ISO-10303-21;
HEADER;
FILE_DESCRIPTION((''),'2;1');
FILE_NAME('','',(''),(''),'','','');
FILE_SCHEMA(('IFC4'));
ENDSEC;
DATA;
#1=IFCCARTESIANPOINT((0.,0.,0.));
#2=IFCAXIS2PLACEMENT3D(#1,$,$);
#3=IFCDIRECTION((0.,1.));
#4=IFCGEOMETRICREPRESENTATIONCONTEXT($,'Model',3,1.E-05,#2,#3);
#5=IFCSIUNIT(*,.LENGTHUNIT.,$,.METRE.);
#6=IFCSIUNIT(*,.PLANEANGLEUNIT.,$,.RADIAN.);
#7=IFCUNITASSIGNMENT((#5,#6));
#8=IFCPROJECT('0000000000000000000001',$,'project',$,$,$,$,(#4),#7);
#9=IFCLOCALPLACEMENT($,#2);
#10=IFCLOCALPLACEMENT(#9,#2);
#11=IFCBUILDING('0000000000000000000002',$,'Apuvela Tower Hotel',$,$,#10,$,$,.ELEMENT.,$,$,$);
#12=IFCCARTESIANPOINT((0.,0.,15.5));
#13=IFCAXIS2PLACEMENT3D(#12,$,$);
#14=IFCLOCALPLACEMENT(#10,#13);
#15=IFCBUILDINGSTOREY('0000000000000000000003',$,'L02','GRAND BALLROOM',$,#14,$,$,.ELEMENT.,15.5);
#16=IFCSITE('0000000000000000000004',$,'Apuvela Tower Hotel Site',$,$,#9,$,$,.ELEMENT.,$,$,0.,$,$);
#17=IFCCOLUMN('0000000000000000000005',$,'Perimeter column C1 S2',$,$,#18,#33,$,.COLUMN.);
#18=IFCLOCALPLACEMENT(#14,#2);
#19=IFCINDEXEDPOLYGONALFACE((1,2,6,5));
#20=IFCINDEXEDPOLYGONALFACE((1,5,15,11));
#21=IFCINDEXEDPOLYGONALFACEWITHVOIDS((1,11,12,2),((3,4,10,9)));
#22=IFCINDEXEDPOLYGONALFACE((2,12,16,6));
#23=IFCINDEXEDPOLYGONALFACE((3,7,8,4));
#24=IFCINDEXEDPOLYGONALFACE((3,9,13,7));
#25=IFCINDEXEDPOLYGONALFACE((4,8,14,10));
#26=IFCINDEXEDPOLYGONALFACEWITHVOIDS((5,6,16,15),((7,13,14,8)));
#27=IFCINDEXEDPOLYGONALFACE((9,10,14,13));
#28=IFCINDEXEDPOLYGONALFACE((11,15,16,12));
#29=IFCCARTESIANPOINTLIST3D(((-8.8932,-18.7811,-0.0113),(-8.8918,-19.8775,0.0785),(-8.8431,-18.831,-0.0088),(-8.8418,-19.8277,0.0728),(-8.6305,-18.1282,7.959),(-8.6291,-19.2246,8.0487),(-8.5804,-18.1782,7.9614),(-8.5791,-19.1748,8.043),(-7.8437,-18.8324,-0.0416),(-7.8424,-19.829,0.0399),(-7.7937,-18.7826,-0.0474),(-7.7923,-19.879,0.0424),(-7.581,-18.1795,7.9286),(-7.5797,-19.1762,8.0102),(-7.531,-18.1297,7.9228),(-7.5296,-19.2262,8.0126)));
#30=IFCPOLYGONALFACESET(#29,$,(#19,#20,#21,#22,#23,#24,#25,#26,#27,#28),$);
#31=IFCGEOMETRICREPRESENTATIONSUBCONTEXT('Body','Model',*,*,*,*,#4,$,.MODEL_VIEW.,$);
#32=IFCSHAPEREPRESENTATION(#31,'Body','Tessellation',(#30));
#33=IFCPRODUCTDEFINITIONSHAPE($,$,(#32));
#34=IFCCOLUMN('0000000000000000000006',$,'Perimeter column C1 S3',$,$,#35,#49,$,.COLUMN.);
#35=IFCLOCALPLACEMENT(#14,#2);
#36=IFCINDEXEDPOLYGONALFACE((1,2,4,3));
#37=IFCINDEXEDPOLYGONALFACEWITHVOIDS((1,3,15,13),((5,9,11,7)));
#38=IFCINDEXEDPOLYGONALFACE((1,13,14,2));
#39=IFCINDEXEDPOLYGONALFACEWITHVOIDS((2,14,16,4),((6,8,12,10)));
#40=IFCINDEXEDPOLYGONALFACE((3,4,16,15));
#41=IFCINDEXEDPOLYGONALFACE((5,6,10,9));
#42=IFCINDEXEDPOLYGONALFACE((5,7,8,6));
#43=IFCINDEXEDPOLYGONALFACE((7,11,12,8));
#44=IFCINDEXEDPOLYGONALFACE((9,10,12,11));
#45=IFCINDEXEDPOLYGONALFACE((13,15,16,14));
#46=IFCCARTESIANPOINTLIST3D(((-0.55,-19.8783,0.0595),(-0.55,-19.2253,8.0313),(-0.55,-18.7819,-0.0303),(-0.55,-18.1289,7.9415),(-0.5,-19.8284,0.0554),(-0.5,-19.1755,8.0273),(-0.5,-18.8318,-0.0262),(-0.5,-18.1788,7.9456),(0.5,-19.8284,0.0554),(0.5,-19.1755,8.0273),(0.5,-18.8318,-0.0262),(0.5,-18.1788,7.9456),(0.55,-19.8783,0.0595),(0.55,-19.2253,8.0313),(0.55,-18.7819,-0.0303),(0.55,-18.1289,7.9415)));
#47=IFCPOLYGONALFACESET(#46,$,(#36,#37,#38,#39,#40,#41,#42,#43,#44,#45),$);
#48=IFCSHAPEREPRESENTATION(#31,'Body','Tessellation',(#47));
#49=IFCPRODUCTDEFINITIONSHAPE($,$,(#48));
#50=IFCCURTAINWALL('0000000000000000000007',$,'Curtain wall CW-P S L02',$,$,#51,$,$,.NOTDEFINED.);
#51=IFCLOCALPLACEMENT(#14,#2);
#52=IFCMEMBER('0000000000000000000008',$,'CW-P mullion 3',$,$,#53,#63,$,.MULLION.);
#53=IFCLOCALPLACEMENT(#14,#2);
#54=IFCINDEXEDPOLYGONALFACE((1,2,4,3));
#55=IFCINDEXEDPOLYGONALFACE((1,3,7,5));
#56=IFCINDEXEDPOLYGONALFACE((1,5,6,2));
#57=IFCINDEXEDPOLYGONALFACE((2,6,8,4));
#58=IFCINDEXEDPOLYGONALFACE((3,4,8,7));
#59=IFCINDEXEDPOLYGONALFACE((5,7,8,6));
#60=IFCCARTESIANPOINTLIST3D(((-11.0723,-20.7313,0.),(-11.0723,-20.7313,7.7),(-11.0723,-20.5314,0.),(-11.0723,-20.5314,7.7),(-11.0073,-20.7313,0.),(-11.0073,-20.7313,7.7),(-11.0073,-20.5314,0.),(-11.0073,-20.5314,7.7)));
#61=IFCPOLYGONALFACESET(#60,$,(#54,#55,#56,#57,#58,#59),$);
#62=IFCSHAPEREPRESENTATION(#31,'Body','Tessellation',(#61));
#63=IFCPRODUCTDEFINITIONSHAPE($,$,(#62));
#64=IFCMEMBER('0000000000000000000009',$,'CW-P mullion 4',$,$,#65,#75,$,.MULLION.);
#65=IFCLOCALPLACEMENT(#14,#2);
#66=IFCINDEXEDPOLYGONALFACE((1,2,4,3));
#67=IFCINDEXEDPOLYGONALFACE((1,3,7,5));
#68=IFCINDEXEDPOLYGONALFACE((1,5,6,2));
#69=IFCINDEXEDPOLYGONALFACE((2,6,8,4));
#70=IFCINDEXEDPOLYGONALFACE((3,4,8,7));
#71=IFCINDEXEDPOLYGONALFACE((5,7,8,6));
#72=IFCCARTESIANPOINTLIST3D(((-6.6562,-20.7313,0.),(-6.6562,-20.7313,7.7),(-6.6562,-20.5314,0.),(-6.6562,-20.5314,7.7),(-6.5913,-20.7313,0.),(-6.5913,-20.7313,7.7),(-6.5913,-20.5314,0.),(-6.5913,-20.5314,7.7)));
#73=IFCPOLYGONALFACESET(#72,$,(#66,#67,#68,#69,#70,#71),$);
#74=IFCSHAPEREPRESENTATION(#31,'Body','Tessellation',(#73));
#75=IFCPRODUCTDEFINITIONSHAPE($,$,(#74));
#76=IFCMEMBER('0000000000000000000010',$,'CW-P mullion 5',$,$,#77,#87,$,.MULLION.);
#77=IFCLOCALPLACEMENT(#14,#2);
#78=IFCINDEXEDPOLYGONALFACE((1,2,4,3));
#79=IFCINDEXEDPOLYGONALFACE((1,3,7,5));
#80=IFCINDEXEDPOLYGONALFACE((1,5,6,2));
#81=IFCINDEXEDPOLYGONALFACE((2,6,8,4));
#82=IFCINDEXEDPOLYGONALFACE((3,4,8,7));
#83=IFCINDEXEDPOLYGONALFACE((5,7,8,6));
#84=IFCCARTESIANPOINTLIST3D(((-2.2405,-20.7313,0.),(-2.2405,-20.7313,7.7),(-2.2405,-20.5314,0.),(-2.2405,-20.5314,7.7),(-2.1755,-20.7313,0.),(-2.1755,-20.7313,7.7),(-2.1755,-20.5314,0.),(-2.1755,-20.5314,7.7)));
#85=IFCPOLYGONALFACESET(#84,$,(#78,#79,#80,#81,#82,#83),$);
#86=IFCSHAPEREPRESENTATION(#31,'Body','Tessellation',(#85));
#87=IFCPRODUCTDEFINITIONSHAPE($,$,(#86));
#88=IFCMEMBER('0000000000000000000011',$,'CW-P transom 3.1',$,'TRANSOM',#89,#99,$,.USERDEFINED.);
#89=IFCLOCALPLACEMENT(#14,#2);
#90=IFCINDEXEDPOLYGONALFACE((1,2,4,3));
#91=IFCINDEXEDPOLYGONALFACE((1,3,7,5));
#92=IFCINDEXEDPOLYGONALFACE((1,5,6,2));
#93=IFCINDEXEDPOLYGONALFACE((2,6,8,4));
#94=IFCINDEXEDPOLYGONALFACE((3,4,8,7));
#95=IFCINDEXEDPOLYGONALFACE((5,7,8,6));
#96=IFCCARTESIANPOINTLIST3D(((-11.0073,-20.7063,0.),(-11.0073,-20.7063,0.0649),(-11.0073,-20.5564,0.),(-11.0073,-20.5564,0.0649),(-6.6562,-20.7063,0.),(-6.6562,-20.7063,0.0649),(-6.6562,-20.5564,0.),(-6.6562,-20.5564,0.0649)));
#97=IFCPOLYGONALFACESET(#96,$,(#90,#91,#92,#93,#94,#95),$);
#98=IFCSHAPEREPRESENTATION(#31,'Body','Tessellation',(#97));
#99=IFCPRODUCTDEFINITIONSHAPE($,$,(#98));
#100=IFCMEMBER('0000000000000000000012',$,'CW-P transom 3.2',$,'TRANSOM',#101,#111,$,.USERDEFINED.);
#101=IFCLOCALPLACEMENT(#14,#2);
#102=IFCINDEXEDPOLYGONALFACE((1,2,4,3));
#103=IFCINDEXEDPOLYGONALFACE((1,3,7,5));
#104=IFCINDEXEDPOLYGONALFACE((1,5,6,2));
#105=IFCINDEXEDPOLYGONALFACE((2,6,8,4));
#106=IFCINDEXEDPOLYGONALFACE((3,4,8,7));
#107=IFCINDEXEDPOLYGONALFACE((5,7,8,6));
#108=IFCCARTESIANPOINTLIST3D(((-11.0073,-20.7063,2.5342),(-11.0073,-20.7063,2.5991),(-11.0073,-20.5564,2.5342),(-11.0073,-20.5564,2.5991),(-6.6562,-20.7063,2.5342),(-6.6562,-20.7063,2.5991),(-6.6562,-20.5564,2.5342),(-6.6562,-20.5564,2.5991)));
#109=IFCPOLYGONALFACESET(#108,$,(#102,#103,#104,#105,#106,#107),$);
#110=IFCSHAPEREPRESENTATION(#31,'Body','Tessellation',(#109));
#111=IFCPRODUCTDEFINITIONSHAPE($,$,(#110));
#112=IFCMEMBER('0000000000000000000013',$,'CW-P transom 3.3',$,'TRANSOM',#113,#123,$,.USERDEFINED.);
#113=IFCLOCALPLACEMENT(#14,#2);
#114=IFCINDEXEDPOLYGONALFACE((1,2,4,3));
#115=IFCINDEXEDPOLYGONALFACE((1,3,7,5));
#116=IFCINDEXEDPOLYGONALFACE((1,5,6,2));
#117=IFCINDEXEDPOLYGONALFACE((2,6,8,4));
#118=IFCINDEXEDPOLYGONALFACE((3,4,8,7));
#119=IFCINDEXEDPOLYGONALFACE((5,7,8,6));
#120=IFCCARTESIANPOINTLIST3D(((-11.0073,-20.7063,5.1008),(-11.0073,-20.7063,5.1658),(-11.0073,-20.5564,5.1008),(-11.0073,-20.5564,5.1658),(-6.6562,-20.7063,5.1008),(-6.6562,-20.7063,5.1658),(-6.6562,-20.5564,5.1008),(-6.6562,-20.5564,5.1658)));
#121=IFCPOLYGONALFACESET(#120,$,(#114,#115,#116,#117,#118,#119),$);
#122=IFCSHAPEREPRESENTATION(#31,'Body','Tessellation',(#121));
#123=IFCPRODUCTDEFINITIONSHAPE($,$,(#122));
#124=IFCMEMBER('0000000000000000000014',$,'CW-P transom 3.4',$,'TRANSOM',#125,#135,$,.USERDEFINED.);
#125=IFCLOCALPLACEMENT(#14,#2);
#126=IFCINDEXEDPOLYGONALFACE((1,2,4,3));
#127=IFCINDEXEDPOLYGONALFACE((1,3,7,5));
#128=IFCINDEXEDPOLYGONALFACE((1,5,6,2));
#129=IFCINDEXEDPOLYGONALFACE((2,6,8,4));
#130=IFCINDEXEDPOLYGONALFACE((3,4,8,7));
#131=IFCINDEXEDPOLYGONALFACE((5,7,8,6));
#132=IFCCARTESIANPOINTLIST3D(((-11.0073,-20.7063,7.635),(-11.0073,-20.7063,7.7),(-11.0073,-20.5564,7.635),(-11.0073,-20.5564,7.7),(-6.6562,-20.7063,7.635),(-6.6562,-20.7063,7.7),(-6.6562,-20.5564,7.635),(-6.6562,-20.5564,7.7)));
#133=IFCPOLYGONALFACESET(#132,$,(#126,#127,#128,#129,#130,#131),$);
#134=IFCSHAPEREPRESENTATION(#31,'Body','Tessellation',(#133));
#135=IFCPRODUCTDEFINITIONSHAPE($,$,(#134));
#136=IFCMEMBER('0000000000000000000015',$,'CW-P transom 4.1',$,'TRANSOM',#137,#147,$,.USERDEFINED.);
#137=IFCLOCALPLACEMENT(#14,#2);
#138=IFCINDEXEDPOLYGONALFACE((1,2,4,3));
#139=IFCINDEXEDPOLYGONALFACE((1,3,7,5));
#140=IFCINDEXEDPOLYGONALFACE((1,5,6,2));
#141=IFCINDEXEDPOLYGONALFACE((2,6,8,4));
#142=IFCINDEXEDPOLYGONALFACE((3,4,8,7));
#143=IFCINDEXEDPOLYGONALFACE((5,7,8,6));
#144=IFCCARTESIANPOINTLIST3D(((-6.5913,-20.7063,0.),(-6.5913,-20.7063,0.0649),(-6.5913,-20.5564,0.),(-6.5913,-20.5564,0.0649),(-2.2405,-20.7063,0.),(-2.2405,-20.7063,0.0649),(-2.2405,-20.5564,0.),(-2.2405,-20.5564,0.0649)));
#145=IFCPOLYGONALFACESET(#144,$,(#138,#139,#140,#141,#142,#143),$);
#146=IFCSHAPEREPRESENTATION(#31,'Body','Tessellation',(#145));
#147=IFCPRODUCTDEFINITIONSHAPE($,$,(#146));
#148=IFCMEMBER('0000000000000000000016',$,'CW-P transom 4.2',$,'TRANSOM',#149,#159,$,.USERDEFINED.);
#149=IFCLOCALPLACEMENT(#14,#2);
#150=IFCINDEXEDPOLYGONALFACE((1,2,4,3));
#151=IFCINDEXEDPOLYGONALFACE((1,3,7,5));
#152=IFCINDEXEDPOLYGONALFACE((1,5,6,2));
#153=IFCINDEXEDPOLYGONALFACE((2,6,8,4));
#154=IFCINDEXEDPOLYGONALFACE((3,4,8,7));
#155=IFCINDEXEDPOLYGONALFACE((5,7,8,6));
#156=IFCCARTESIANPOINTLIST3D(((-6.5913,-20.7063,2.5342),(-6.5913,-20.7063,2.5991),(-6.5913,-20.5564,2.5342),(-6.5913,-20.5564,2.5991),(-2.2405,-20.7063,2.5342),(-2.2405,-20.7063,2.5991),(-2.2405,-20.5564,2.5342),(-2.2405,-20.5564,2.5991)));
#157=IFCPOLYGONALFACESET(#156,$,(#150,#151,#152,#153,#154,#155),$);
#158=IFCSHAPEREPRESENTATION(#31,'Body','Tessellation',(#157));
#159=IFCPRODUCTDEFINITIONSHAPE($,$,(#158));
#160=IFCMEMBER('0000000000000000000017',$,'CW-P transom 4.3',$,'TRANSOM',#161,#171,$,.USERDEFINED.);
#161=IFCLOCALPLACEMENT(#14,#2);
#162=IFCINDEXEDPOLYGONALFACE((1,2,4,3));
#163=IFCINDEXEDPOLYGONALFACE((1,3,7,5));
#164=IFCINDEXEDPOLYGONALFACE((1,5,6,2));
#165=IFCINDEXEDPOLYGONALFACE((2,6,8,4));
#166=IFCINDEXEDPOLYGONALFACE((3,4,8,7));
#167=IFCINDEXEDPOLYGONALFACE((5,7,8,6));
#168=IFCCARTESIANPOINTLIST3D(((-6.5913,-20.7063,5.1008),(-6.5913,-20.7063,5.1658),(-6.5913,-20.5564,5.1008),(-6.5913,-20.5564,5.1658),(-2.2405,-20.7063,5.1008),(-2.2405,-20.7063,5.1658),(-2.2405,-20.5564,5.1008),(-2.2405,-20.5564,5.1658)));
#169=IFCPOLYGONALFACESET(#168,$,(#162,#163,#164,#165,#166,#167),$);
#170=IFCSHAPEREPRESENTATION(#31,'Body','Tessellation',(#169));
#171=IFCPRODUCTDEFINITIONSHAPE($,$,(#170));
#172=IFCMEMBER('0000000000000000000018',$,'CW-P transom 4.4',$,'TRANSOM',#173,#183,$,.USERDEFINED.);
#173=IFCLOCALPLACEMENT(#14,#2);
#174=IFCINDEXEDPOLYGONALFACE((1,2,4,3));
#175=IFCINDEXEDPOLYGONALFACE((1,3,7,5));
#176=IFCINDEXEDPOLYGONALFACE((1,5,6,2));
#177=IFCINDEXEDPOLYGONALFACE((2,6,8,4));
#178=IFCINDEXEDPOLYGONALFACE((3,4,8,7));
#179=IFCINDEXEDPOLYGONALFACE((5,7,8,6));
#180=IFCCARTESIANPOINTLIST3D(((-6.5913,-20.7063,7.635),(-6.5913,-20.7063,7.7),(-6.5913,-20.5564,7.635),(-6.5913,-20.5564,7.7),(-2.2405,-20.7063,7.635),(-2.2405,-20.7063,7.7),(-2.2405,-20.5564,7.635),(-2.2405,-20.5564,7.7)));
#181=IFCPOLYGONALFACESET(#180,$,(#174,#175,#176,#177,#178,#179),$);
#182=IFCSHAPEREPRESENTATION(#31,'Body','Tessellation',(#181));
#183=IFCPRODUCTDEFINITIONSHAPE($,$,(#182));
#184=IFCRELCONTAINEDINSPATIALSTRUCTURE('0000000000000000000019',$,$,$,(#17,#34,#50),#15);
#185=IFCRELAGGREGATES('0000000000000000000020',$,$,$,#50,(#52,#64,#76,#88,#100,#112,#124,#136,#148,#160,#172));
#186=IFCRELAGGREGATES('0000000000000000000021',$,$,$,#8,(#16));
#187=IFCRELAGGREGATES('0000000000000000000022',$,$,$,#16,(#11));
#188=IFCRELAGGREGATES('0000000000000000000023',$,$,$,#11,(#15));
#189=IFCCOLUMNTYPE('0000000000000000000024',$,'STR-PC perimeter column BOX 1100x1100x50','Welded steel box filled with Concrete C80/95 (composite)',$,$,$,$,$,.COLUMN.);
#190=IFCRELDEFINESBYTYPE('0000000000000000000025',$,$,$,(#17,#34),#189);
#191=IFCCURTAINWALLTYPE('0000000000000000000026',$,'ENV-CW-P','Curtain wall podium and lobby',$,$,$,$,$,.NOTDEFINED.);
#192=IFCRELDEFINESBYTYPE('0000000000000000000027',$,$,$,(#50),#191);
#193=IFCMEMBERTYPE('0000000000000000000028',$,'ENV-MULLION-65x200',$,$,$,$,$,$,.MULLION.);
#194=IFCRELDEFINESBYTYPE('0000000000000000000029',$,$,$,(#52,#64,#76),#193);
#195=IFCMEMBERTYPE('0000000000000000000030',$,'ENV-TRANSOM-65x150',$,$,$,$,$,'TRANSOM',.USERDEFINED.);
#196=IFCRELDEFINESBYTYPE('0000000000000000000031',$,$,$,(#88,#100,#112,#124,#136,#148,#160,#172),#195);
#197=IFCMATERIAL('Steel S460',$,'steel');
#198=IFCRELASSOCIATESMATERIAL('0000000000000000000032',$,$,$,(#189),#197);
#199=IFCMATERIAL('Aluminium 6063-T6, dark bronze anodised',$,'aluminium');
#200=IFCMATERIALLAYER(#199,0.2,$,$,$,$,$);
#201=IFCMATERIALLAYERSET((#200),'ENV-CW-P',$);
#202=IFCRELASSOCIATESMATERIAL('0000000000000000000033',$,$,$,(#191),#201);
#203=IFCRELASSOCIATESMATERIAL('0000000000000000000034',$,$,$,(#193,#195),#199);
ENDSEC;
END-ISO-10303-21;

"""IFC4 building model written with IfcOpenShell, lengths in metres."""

from ifc_helpers import new_model, si_unit, direction, frame, origin, origin_2d, place, context, subcontext, project, spatial, rectangle, hollow_rectangle, extrude, boolean, halfspace, material, layer, layer_set, material_profile, profile_set, type_object, element, aggregate, save


model = new_model("IFC4")

# Units and contexts
model_context = context("Model", 3, precision=1e-05, world=origin(), true_north=direction((0.0, 1.0)))
body_context = subcontext(model_context, "Body", "Model", "MODEL_VIEW")
ifc_project = project(units=[si_unit("LENGTHUNIT", "METRE"), si_unit("PLANEANGLEUNIT", "RADIAN")], contexts=[model_context])

# Site, building, storey
site_placement = place(None, origin())
site = spatial("IfcSite", under=ifc_project, at=site_placement, Name="Apuvela Tower Hotel Site", CompositionType="ELEMENT", RefElevation=0.0)
building_placement = place(site_placement, origin())
building = spatial("IfcBuilding", under=site, at=building_placement, Name="Apuvela Tower Hotel", CompositionType="ELEMENT")
storey_placement = place(building_placement, frame((0.0, 0.0, 15.5)))
storey = spatial("IfcBuildingStorey", under=building, at=storey_placement, Name="L02", Description="GRAND BALLROOM", CompositionType="ELEMENT", Elevation=15.5)

# Columns
ifc_material_1 = material(Name="Steel S460", Category="steel")
ifc_material_profile_1 = material_profile(ifc_material_1, hollow_rectangle(XDim=1.1001, YDim=1.1001, WallThickness=0.05, at=origin_2d()), Name="BOX 1100x1100x50")
ifc_material_2 = material(Name="Concrete C80/95", Category="concrete")
ifc_material_profile_2 = material_profile(ifc_material_2, rectangle(XDim=1.0, YDim=1.0, at=origin_2d()), Name="Concrete C80/95 infill")
ifc_profile_set_1 = profile_set([ifc_material_profile_1, ifc_material_profile_2], Name="Steel S460")
column_type = type_object("IfcColumnType", Name="STR-PC perimeter column BOX 1100x1100x50", Description="Welded steel box filled with Concrete C80/95 (composite)", PredefinedType="COLUMN", material=ifc_profile_set_1)
column_1_placement = place(storey_placement, frame((-8.3433, -19.3313, 0.0), z_axis=(0.032831, 0.081592, 0.996125), x_axis=(-0.99946, 0.001378, 0.032828)))
element("IfcColumn", 1, at=column_1_placement, inside=storey, type_object=column_type, Name="Perimeter column C1 S2", PredefinedType="COLUMN", context=body_context, shape_type="SweptSolid", body=[
    boolean("DIFFERENCE", boolean("DIFFERENCE", extrude(hollow_rectangle(XDim=1.1001, YDim=1.1001, WallThickness=0.05, at=origin_2d()), origin(), (0.0, 0.0, 1.0), 8.031), halfspace(frame((0.0, 0.0, 0.0156), z_axis=(0.0, 0.0, 1.0), x_axis=(1.0, 0.0, 0.0)), True)), halfspace(frame((0.0, 0.0, 8.0168), z_axis=(0.0, 0.0, 1.0), x_axis=(1.0, 0.0, 0.0)), False)),
])
column_2_placement = place(storey_placement, frame((0.0, -19.3313, 0.0), z_axis=(0.0, 0.081636, 0.996662), x_axis=(-1.0, 0.0, 0.0)))
element("IfcColumn", 2, at=column_2_placement, inside=storey, type_object=column_type, Name="Perimeter column C1 S3", PredefinedType="COLUMN", context=body_context, shape_type="SweptSolid", body=[
    boolean("DIFFERENCE", boolean("DIFFERENCE", extrude(hollow_rectangle(XDim=1.1001, YDim=1.1001, WallThickness=0.05, at=origin_2d()), origin(), (0.0, 0.0, 1.0), 8.0269), halfspace(frame((0.0, 0.0, 0.0146), z_axis=(0.0, 0.0, 1.0), x_axis=(1.0, 0.0, 0.0)), True)), halfspace(frame((0.0, 0.0, 8.0132), z_axis=(0.0, 0.0, 1.0), x_axis=(1.0, 0.0, 0.0)), False)),
])

# Curtain wall, members
ifc_material_3 = material(Name="Aluminium 6063-T6, dark bronze anodised", Category="aluminium")
ifc_layer_1 = layer(ifc_material_3, 0.2)
ifc_layer_set_1 = layer_set([ifc_layer_1], Name="ENV-CW-P")
curtain_wall_type = type_object("IfcCurtainWallType", Name="ENV-CW-P", Description="Curtain wall podium and lobby", PredefinedType="NOTDEFINED", material=ifc_layer_set_1)
curtain_wall_placement = place(storey_placement, origin())
curtain_wall = element("IfcCurtainWall", 3, at=curtain_wall_placement, inside=storey, type_object=curtain_wall_type, Name="Curtain wall CW-P S L02", PredefinedType="NOTDEFINED")
ifc_material_profile_3 = material_profile(ifc_material_3, rectangle(XDim=0.2, YDim=0.0649, at=origin_2d()), Name="AL 65x200")
ifc_profile_set_2 = profile_set([ifc_material_profile_3], Name="Aluminium 6063-T6, dark bronze anodised")
member_type_1 = type_object("IfcMemberType", Name="ENV-MULLION-65x200", PredefinedType="MULLION", material=ifc_profile_set_2)
member_1_placement = place(storey_placement, frame((-11.0398, -20.6313, 0.0), z_axis=(0.0, 0.0, 1.0), x_axis=(0.0, 1.0, 0.0)))
member_1 = element("IfcMember", 4, at=member_1_placement, type_object=member_type_1, Name="CW-P mullion 3", PredefinedType="MULLION", context=body_context, shape_type="SweptSolid", body=[
    extrude(rectangle(XDim=0.2, YDim=0.0649, at=origin_2d()), origin(), (0.0, 0.0, 1.0), 7.7),
])
member_2_placement = place(storey_placement, frame((-6.6238, -20.6313, 0.0), z_axis=(0.0, 0.0, 1.0), x_axis=(0.0, 1.0, 0.0)))
member_2 = element("IfcMember", 5, at=member_2_placement, type_object=member_type_1, Name="CW-P mullion 4", PredefinedType="MULLION", context=body_context, shape_type="SweptSolid", body=[
    extrude(rectangle(XDim=0.2, YDim=0.0649, at=origin_2d()), origin(), (0.0, 0.0, 1.0), 7.7),
])
member_3_placement = place(storey_placement, frame((-2.208, -20.6313, 0.0), z_axis=(0.0, 0.0, 1.0), x_axis=(0.0, 1.0, 0.0)))
member_3 = element("IfcMember", 6, at=member_3_placement, type_object=member_type_1, Name="CW-P mullion 5", PredefinedType="MULLION", context=body_context, shape_type="SweptSolid", body=[
    extrude(rectangle(XDim=0.2, YDim=0.0649, at=origin_2d()), origin(), (0.0, 0.0, 1.0), 7.7),
])
ifc_material_profile_4 = material_profile(ifc_material_3, rectangle(XDim=0.1499, YDim=0.0649, at=origin_2d()), Name="AL 65x150 transom")
ifc_profile_set_3 = profile_set([ifc_material_profile_4], Name="Aluminium 6063-T6, dark bronze anodised")
member_type_2 = type_object("IfcMemberType", Name="ENV-TRANSOM-65x150", ElementType="TRANSOM", PredefinedType="USERDEFINED", material=ifc_profile_set_3)
member_4_placement = place(storey_placement, frame((-11.0073, -20.6313, 0.0325), z_axis=(1.0, 0.0, 0.0), x_axis=(0.0, 1.0, 0.0)))
member_4 = element("IfcMember", 7, at=member_4_placement, type_object=member_type_2, Name="CW-P transom 3.1", ObjectType="TRANSOM", PredefinedType="USERDEFINED", context=body_context, shape_type="SweptSolid", body=[
    extrude(rectangle(XDim=0.1499, YDim=0.0649, at=origin_2d()), origin(), (0.0, 0.0, 1.0), 4.3511),
])
member_5_placement = place(storey_placement, frame((-11.0073, -20.6313, 2.5667), z_axis=(1.0, 0.0, 0.0), x_axis=(0.0, 1.0, 0.0)))
member_5 = element("IfcMember", 8, at=member_5_placement, type_object=member_type_2, Name="CW-P transom 3.2", ObjectType="TRANSOM", PredefinedType="USERDEFINED", context=body_context, shape_type="SweptSolid", body=[
    extrude(rectangle(XDim=0.1499, YDim=0.0649, at=origin_2d()), origin(), (0.0, 0.0, 1.0), 4.3511),
])
member_6_placement = place(storey_placement, frame((-11.0073, -20.6313, 5.1333), z_axis=(1.0, 0.0, 0.0), x_axis=(0.0, 1.0, 0.0)))
member_6 = element("IfcMember", 9, at=member_6_placement, type_object=member_type_2, Name="CW-P transom 3.3", ObjectType="TRANSOM", PredefinedType="USERDEFINED", context=body_context, shape_type="SweptSolid", body=[
    extrude(rectangle(XDim=0.1499, YDim=0.0649, at=origin_2d()), origin(), (0.0, 0.0, 1.0), 4.3511),
])
member_7_placement = place(storey_placement, frame((-11.0073, -20.6313, 7.6675), z_axis=(1.0, 0.0, 0.0), x_axis=(0.0, 1.0, 0.0)))
member_7 = element("IfcMember", 10, at=member_7_placement, type_object=member_type_2, Name="CW-P transom 3.4", ObjectType="TRANSOM", PredefinedType="USERDEFINED", context=body_context, shape_type="SweptSolid", body=[
    extrude(rectangle(XDim=0.1499, YDim=0.0649, at=origin_2d()), origin(), (0.0, 0.0, 1.0), 4.3511),
])
member_8_placement = place(storey_placement, frame((-6.5913, -20.6313, 0.0325), z_axis=(1.0, 0.0, 0.0), x_axis=(0.0, 1.0, 0.0)))
member_8 = element("IfcMember", 11, at=member_8_placement, type_object=member_type_2, Name="CW-P transom 4.1", ObjectType="TRANSOM", PredefinedType="USERDEFINED", context=body_context, shape_type="SweptSolid", body=[
    extrude(rectangle(XDim=0.1499, YDim=0.0649, at=origin_2d()), origin(), (0.0, 0.0, 1.0), 4.3508),
])
member_9_placement = place(storey_placement, frame((-6.5913, -20.6313, 2.5667), z_axis=(1.0, 0.0, 0.0), x_axis=(0.0, 1.0, 0.0)))
member_9 = element("IfcMember", 12, at=member_9_placement, type_object=member_type_2, Name="CW-P transom 4.2", ObjectType="TRANSOM", PredefinedType="USERDEFINED", context=body_context, shape_type="SweptSolid", body=[
    extrude(rectangle(XDim=0.1499, YDim=0.0649, at=origin_2d()), origin(), (0.0, 0.0, 1.0), 4.3508),
])
member_10_placement = place(storey_placement, frame((-6.5913, -20.6313, 5.1333), z_axis=(1.0, 0.0, 0.0), x_axis=(0.0, 1.0, 0.0)))
member_10 = element("IfcMember", 13, at=member_10_placement, type_object=member_type_2, Name="CW-P transom 4.3", ObjectType="TRANSOM", PredefinedType="USERDEFINED", context=body_context, shape_type="SweptSolid", body=[
    extrude(rectangle(XDim=0.1499, YDim=0.0649, at=origin_2d()), origin(), (0.0, 0.0, 1.0), 4.3508),
])
member_11_placement = place(storey_placement, frame((-6.5913, -20.6313, 7.6675), z_axis=(1.0, 0.0, 0.0), x_axis=(0.0, 1.0, 0.0)))
member_11 = element("IfcMember", 14, at=member_11_placement, type_object=member_type_2, Name="CW-P transom 4.4", ObjectType="TRANSOM", PredefinedType="USERDEFINED", context=body_context, shape_type="SweptSolid", body=[
    extrude(rectangle(XDim=0.1499, YDim=0.0649, at=origin_2d()), origin(), (0.0, 0.0, 1.0), 4.3508),
])

aggregate(curtain_wall, [member_1, member_2, member_3, member_4, member_5, member_6, member_7, member_8, member_9, member_10, member_11])

save(model, "model.ifc")
